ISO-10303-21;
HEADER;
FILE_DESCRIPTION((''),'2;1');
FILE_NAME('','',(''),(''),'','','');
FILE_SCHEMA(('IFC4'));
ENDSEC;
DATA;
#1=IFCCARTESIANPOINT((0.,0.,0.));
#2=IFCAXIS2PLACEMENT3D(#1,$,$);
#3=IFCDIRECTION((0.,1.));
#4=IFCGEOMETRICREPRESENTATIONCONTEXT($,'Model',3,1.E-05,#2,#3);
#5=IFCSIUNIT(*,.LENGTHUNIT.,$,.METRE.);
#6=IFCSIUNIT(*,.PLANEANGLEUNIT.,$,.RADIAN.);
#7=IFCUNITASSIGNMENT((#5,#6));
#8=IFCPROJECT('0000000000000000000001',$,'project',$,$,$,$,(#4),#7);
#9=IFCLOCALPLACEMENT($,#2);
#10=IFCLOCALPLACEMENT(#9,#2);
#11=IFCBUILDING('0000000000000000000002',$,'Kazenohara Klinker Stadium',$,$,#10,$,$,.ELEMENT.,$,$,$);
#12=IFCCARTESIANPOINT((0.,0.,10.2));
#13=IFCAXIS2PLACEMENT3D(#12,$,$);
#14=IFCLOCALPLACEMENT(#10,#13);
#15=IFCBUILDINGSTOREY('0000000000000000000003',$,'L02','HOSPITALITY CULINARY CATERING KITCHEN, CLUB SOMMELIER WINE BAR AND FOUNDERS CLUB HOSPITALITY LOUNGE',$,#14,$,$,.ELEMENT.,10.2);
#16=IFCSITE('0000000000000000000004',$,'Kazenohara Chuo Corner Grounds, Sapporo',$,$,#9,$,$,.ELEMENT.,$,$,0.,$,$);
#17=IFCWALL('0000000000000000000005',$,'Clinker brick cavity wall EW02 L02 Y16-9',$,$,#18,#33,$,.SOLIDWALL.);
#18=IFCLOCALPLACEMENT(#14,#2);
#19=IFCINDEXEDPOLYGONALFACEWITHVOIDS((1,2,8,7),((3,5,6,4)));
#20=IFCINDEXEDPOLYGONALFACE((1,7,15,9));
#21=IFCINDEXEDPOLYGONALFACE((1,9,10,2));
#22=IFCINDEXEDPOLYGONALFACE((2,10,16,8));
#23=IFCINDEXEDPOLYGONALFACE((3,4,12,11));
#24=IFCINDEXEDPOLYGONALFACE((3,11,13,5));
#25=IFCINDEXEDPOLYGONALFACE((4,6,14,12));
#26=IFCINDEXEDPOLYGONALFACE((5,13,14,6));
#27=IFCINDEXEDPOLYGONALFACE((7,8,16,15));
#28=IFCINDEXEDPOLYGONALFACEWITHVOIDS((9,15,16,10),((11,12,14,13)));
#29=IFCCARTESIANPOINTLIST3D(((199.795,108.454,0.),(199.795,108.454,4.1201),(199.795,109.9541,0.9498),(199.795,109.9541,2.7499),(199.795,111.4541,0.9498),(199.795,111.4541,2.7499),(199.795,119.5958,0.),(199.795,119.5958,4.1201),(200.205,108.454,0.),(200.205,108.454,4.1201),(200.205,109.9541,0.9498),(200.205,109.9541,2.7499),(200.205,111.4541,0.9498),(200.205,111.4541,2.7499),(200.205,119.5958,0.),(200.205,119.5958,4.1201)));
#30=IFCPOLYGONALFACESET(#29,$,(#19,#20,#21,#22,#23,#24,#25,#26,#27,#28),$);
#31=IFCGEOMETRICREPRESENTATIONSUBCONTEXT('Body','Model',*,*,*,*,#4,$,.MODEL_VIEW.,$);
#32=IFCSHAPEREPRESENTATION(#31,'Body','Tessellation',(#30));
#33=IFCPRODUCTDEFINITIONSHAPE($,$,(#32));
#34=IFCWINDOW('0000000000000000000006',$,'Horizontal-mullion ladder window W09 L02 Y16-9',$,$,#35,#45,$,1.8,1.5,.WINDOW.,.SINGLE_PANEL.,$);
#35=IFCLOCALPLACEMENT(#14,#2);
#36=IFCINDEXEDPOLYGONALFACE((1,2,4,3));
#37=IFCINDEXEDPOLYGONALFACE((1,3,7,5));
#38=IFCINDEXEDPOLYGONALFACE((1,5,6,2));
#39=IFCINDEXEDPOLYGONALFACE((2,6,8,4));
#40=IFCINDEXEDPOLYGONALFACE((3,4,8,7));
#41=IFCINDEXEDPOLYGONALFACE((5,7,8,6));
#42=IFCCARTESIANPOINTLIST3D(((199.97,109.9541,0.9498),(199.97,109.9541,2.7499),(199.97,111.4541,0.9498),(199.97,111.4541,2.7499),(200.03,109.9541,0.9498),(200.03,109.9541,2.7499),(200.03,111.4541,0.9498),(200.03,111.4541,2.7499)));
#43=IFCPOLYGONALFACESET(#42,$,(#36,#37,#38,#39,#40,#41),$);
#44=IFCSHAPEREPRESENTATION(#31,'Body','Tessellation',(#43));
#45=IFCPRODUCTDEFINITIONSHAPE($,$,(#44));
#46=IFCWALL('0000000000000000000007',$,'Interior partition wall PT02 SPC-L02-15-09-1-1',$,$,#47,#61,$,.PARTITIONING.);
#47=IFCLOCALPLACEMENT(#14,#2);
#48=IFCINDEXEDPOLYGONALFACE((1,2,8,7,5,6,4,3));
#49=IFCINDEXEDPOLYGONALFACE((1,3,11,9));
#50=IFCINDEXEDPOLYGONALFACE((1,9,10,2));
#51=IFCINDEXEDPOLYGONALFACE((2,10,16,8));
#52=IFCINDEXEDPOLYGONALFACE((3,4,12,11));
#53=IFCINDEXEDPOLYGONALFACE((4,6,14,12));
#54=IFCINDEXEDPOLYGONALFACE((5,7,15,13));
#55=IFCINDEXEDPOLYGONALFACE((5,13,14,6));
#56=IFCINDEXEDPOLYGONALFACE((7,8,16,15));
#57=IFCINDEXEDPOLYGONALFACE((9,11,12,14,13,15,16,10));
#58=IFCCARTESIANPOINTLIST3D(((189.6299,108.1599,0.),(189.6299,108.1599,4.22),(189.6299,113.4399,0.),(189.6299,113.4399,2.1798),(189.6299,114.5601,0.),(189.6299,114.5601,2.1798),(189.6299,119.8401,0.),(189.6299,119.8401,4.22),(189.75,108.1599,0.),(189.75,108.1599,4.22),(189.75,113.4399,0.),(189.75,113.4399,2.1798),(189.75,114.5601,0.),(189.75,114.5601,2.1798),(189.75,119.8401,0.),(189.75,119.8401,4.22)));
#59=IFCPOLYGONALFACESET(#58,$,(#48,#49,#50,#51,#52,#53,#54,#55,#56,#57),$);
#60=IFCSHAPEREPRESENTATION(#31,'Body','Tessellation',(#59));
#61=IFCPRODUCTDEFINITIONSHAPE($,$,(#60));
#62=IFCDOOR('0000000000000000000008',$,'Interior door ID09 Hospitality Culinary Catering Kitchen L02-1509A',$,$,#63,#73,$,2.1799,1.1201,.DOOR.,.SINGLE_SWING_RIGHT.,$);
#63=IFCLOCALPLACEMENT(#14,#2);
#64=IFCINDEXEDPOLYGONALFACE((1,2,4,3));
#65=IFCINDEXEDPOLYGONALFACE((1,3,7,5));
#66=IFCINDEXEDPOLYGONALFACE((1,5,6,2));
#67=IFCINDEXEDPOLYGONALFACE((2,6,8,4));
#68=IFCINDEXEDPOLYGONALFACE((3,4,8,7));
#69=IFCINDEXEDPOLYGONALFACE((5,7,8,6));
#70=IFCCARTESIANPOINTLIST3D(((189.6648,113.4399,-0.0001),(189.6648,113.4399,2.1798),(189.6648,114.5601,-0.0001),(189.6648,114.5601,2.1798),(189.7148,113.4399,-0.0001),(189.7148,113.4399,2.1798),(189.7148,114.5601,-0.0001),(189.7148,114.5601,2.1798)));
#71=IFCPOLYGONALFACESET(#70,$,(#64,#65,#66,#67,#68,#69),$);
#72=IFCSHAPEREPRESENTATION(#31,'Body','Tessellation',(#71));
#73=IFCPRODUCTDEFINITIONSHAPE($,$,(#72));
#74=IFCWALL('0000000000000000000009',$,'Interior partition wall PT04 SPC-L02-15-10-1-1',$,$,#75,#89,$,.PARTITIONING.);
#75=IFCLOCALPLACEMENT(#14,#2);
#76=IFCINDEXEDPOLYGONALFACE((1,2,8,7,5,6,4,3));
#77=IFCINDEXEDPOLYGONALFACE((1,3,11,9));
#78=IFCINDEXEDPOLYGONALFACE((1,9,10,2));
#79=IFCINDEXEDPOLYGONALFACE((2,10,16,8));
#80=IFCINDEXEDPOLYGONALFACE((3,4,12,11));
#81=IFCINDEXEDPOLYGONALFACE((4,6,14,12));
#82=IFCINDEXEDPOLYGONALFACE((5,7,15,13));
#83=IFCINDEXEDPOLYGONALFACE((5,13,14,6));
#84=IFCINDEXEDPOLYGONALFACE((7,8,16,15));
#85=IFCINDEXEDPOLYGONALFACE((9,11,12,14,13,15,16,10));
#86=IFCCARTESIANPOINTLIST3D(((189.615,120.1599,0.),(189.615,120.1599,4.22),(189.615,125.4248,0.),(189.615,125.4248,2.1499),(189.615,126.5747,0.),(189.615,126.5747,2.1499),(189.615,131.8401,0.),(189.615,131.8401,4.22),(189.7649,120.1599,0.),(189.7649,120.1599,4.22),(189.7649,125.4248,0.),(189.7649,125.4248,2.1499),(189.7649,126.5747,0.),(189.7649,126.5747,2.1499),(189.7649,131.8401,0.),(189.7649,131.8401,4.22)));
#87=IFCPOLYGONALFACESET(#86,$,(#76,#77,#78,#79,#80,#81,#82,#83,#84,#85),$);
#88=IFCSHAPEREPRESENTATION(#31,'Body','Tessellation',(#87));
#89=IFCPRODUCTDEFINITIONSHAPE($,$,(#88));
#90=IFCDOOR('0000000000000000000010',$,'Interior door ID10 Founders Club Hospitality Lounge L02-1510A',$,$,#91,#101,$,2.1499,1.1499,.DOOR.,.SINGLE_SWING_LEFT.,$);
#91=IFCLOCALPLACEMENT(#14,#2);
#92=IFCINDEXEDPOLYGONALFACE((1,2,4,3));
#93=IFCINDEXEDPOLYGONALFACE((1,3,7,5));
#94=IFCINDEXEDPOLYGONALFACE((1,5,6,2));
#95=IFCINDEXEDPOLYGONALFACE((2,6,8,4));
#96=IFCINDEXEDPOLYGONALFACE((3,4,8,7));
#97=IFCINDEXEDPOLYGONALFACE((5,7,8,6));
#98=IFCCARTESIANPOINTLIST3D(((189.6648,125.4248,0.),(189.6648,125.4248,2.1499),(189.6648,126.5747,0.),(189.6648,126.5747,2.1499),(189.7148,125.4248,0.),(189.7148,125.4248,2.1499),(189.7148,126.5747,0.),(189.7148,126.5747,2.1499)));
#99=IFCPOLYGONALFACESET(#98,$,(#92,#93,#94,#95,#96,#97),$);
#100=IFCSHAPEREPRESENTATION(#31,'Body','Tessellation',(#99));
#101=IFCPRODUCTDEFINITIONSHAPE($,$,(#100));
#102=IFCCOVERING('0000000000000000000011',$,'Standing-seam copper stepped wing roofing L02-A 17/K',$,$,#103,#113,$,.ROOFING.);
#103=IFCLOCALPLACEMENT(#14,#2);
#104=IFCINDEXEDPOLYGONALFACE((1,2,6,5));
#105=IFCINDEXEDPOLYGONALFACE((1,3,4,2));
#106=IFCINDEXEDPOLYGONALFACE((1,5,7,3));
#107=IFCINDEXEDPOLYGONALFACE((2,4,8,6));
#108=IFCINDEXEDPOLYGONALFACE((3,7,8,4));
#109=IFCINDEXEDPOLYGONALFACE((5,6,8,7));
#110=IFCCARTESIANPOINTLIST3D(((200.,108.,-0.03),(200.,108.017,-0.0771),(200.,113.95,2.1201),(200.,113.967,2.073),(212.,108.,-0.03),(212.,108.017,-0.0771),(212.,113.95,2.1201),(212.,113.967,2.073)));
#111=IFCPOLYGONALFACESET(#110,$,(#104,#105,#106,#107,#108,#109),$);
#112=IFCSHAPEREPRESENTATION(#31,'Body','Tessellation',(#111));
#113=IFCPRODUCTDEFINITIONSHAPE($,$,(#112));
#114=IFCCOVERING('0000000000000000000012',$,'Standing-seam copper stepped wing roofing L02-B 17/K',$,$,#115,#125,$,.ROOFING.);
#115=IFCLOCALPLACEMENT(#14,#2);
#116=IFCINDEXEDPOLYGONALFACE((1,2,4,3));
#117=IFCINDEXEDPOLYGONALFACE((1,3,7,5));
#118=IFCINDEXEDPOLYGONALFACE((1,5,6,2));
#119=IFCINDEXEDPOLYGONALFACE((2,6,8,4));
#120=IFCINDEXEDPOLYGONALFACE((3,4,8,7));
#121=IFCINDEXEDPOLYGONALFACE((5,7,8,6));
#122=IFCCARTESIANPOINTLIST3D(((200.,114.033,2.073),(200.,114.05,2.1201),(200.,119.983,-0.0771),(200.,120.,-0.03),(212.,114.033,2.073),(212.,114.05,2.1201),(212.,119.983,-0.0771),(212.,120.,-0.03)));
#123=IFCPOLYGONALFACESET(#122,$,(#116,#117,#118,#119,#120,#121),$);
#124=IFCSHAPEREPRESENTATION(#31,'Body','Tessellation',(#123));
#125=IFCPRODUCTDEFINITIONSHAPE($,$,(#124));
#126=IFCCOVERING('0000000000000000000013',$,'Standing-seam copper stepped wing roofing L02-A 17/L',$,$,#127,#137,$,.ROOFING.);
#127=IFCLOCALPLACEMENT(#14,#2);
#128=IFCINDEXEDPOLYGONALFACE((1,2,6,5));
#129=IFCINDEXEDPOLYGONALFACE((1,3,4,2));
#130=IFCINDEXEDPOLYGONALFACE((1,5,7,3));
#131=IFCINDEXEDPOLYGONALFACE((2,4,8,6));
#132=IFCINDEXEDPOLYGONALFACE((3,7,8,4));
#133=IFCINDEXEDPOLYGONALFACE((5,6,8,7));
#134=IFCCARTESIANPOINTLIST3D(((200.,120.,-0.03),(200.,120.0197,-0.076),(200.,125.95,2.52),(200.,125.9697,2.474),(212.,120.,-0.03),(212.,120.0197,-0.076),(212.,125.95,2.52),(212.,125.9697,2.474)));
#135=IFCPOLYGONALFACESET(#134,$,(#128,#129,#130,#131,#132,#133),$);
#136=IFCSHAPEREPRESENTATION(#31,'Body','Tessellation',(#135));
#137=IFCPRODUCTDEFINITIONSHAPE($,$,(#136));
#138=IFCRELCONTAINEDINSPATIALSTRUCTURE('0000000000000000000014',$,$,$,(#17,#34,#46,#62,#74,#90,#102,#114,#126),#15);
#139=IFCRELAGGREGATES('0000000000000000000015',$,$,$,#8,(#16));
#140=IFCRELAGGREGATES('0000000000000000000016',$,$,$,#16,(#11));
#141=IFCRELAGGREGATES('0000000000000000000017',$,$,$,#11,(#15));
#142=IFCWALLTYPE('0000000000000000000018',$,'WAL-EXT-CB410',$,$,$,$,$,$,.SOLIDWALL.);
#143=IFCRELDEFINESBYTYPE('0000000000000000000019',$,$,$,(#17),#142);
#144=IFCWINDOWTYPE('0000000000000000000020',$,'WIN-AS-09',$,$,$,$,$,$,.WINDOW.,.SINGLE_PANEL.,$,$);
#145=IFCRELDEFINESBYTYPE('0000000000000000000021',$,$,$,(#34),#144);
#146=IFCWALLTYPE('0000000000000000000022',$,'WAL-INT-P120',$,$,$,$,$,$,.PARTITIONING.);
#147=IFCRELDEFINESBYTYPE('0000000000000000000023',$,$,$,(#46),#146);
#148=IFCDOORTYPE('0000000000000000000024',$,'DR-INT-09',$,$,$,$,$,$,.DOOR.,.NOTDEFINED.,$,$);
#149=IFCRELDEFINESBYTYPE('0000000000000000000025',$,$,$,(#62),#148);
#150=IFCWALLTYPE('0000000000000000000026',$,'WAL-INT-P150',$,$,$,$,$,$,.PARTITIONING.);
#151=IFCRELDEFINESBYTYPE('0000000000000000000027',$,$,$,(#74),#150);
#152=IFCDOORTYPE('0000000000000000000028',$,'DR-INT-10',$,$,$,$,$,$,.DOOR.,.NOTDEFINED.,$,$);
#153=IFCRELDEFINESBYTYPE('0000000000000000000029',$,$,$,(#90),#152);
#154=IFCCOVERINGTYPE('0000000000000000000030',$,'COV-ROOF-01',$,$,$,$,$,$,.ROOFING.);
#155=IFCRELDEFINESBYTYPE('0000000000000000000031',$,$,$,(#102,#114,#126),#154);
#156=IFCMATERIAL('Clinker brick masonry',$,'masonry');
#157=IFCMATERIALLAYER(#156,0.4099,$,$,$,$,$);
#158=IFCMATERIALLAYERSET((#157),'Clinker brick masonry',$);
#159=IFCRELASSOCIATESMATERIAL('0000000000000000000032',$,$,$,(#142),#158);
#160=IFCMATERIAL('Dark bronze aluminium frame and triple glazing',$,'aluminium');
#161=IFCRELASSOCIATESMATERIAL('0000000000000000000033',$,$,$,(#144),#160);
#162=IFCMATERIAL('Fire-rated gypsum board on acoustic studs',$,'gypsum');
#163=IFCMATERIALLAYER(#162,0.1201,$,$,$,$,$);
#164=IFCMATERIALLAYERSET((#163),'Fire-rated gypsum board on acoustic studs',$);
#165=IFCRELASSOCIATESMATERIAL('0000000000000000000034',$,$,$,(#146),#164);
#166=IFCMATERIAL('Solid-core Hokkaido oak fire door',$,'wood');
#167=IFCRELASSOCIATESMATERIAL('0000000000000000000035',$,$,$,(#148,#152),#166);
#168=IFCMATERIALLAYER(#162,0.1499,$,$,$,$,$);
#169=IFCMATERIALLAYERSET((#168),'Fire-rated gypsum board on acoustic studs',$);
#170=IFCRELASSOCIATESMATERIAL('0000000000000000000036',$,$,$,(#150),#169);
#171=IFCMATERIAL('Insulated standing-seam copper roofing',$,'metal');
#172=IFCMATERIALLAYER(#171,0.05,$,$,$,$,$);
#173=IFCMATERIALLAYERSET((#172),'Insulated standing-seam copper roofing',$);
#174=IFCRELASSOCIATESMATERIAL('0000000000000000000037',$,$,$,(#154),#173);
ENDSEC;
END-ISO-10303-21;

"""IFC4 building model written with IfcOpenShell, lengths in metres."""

from ifc_helpers import new_model, si_unit, direction, frame, frame_2d, origin, place, context, subcontext, project, spatial, polyline, rectangle, outline, extrude, material, layer, layer_set, type_object, element, fill, save


model = new_model("IFC4")

# Units and contexts
model_context = context("Model", 3, precision=1e-05, world=origin(), true_north=direction((0.0, 1.0)))
body_context = subcontext(model_context, "Body", "Model", "MODEL_VIEW")
ifc_project = project(units=[si_unit("LENGTHUNIT", "METRE"), si_unit("PLANEANGLEUNIT", "RADIAN")], contexts=[model_context])

# Site, building, storey
site_placement = place(None, origin())
site = spatial("IfcSite", under=ifc_project, at=site_placement, Name="Kazenohara Chuo Corner Grounds, Sapporo", CompositionType="ELEMENT", RefElevation=0.0)
building_placement = place(site_placement, origin())
building = spatial("IfcBuilding", under=site, at=building_placement, Name="Kazenohara Klinker Stadium", CompositionType="ELEMENT")
storey_placement = place(building_placement, frame((0.0, 0.0, 10.2)))
storey = spatial("IfcBuildingStorey", under=building, at=storey_placement, Name="L02", Description="HOSPITALITY CULINARY CATERING KITCHEN, CLUB SOMMELIER WINE BAR AND FOUNDERS CLUB HOSPITALITY LOUNGE", CompositionType="ELEMENT", Elevation=10.2)

# Shared definitions
ifc_material_1 = material(Name="Clinker brick masonry", Category="masonry")

# Wall, opening, window
ifc_layer_1 = layer(ifc_material_1, 0.4099)
ifc_layer_set_1 = layer_set([ifc_layer_1], Name="Clinker brick masonry")
wall_type_1 = type_object("IfcWallType", Name="WAL-EXT-CB410", PredefinedType="SOLIDWALL", material=ifc_layer_set_1)
wall_1_placement = place(storey_placement, frame((200.0, 108.4541, 0.0), z_axis=(0.0, 0.0, 1.0), x_axis=(0.0, 1.0, 0.0)))
wall_1 = element("IfcWall", 1, at=wall_1_placement, inside=storey, type_object=wall_type_1, Name="Clinker brick cavity wall EW02 L02 Y16-9", PredefinedType="SOLIDWALL", context=body_context, shape_type="SweptSolid", body=[
    extrude(rectangle(XDim=11.1418, YDim=0.4099, at=frame_2d((5.5708, 0.0))), origin(), (0.0, 0.0, 1.0), 4.1201),
])
opening_1_placement = place(wall_1_placement, frame((1.5, 0.0, 0.95)))
opening_1 = element("IfcOpeningElement", 2, at=opening_1_placement, cuts=wall_1, PredefinedType="OPENING", context=body_context, shape_type="SweptSolid", body=[
    extrude(rectangle(XDim=1.5, YDim=1.8, at=frame_2d((0.75, 0.8999))), frame((0.0, 0.2148, 0.0), z_axis=(0.0, -1.0, 0.0), x_axis=(1.0, 0.0, 0.0)), (0.0, 0.0, 1.0), 0.4299),
])
ifc_material_2 = material(Name="Dark bronze aluminium frame and triple glazing", Category="aluminium")
window_type = type_object("IfcWindowType", Name="WIN-AS-09", PartitioningType="SINGLE_PANEL", PredefinedType="WINDOW", material=ifc_material_2)
window_placement = place(opening_1_placement, origin())
window = element("IfcWindow", 3, at=window_placement, inside=storey, type_object=window_type, Name="Horizontal-mullion ladder window W09 L02 Y16-9", OverallHeight=1.8, OverallWidth=1.5, PartitioningType="SINGLE_PANEL", PredefinedType="WINDOW", context=body_context, shape_type="SweptSolid", body=[
    extrude(rectangle(XDim=1.5, YDim=1.8, at=frame_2d((0.75, 0.8999))), frame((0.0, 0.03, 0.0), z_axis=(0.0, -1.0, 0.0), x_axis=(1.0, 0.0, 0.0)), (0.0, 0.0, 1.0), 0.0601),
])
fill(opening_1, window)

# Walls, openings, doors
ifc_material_3 = material(Name="Fire-rated gypsum board on acoustic studs", Category="gypsum")
ifc_layer_2 = layer(ifc_material_3, 0.1201)
ifc_layer_set_2 = layer_set([ifc_layer_2], Name="Fire-rated gypsum board on acoustic studs")
wall_type_2 = type_object("IfcWallType", Name="WAL-INT-P120", PredefinedType="PARTITIONING", material=ifc_layer_set_2)
wall_2_placement = place(storey_placement, frame((189.6899, 108.1599, 0.0), z_axis=(0.0, 0.0, 1.0), x_axis=(0.0, 1.0, 0.0)))
wall_2 = element("IfcWall", 4, at=wall_2_placement, inside=storey, type_object=wall_type_2, Name="Interior partition wall PT02 SPC-L02-15-09-1-1", PredefinedType="PARTITIONING", context=body_context, shape_type="SweptSolid", body=[
    extrude(rectangle(XDim=11.6802, YDim=0.1201, at=frame_2d((5.8401, 0.0))), origin(), (0.0, 0.0, 1.0), 4.22),
])
opening_2_placement = place(wall_2_placement, frame((6.4001, 0.0, 0.0), z_axis=(0.0, 0.0, 1.0), x_axis=(-1.0, 0.0, 0.0)))
opening_2 = element("IfcOpeningElement", 5, at=opening_2_placement, cuts=wall_2, PredefinedType="OPENING", context=body_context, shape_type="SweptSolid", body=[
    extrude(rectangle(XDim=1.1201, YDim=2.1799, at=frame_2d((0.5601, 1.0898))), frame((0.0, 0.0701, 0.0), z_axis=(0.0, -1.0, 0.0), x_axis=(1.0, 0.0, 0.0)), (0.0, 0.0, 1.0), 0.1401),
])
ifc_material_4 = material(Name="Solid-core Hokkaido oak fire door", Category="wood")
door_type_1 = type_object("IfcDoorType", Name="DR-INT-09", OperationType="NOTDEFINED", PredefinedType="DOOR", material=ifc_material_4)
door_1_placement = place(opening_2_placement, origin())
door_1 = element("IfcDoor", 6, at=door_1_placement, inside=storey, type_object=door_type_1, Name="Interior door ID09 Hospitality Culinary Catering Kitchen L02-1509A", OperationType="SINGLE_SWING_RIGHT", OverallHeight=2.1799, OverallWidth=1.1201, PredefinedType="DOOR", context=body_context, shape_type="SweptSolid", body=[
    extrude(rectangle(XDim=1.1201, YDim=2.1799, at=frame_2d((0.5601, 1.0898))), frame((0.0, 0.0249, 0.0), z_axis=(0.0, -1.0, 0.0), x_axis=(1.0, 0.0, 0.0)), (0.0, 0.0, 1.0), 0.05),
])
fill(opening_2, door_1)
ifc_layer_3 = layer(ifc_material_3, 0.1499)
ifc_layer_set_3 = layer_set([ifc_layer_3], Name="Fire-rated gypsum board on acoustic studs")
wall_type_3 = type_object("IfcWallType", Name="WAL-INT-P150", PredefinedType="PARTITIONING", material=ifc_layer_set_3)
wall_3_placement = place(storey_placement, frame((189.6899, 120.1599, 0.0), z_axis=(0.0, 0.0, 1.0), x_axis=(0.0, 1.0, 0.0)))
wall_3 = element("IfcWall", 7, at=wall_3_placement, inside=storey, type_object=wall_type_3, Name="Interior partition wall PT04 SPC-L02-15-10-1-1", PredefinedType="PARTITIONING", context=body_context, shape_type="SweptSolid", body=[
    extrude(rectangle(XDim=11.6802, YDim=0.1499, at=frame_2d((5.8401, 0.0))), origin(), (0.0, 0.0, 1.0), 4.22),
])
opening_3_placement = place(wall_3_placement, frame((6.4148, 0.0, 0.0), z_axis=(0.0, 0.0, 1.0), x_axis=(-1.0, 0.0, 0.0)))
opening_3 = element("IfcOpeningElement", 8, at=opening_3_placement, cuts=wall_3, PredefinedType="OPENING", context=body_context, shape_type="SweptSolid", body=[
    extrude(rectangle(XDim=1.1499, YDim=2.1499, at=frame_2d((0.575, 1.075))), frame((0.0, 0.085, 0.0), z_axis=(0.0, -1.0, 0.0), x_axis=(1.0, 0.0, 0.0)), (0.0, 0.0, 1.0), 0.1699),
])
door_type_2 = type_object("IfcDoorType", Name="DR-INT-10", OperationType="NOTDEFINED", PredefinedType="DOOR", material=ifc_material_4)
door_2_placement = place(opening_3_placement, origin())
door_2 = element("IfcDoor", 9, at=door_2_placement, inside=storey, type_object=door_type_2, Name="Interior door ID10 Founders Club Hospitality Lounge L02-1510A", OperationType="SINGLE_SWING_LEFT", OverallHeight=2.1499, OverallWidth=1.1499, PredefinedType="DOOR", context=body_context, shape_type="SweptSolid", body=[
    extrude(rectangle(XDim=1.1499, YDim=2.1499, at=frame_2d((0.575, 1.075))), frame((0.0, 0.0249, 0.0), z_axis=(0.0, -1.0, 0.0), x_axis=(1.0, 0.0, 0.0)), (0.0, 0.0, 1.0), 0.05),
])
fill(opening_3, door_2)

# Coverings
ifc_material_5 = material(Name="Insulated standing-seam copper roofing", Category="metal")
ifc_layer_4 = layer(ifc_material_5, 0.05)
ifc_layer_set_4 = layer_set([ifc_layer_4], Name="Insulated standing-seam copper roofing")
covering_type = type_object("IfcCoveringType", Name="COV-ROOF-01", PredefinedType="ROOFING", material=ifc_layer_set_4)
for number, where, z_axis, x_axis, name in (
    (10, (200.0, 108.0, -0.03), (0.0, -0.339862, 0.940475), (1.0, 0.0, 0.0), "Standing-seam copper stepped wing roofing L02-A 17/K"),
    (11, (200.0, 114.05, 2.1201), (0.0, 0.339862, 0.940475), (1.0, 0.0, 0.0), "Standing-seam copper stepped wing roofing L02-B 17/K"),
):
    element("IfcCovering", number, at=place(storey_placement, frame(where, z_axis=z_axis, x_axis=x_axis)), inside=storey, type_object=covering_type, Name=name, PredefinedType="ROOFING", context=body_context, shape_type="SweptSolid", body=[
        extrude(outline(polyline([(0.0, 0.0), (12.0, 0.0), (12.0, 6.3265), (0.0, 6.3265), (0.0, 0.0)])), origin(), (0.0, 0.0, -1.0), 0.05),
    ])
covering_placement = place(storey_placement, frame((200.0, 120.0, -0.03), z_axis=(0.0, -0.393928, 0.919141), x_axis=(1.0, 0.0, 0.0)))
element("IfcCovering", 12, at=covering_placement, inside=storey, type_object=covering_type, Name="Standing-seam copper stepped wing roofing L02-A 17/L", PredefinedType="ROOFING", context=body_context, shape_type="SweptSolid", body=[
    extrude(outline(polyline([(0.0, 0.0), (12.0, 0.0), (12.0, 6.4734), (0.0, 6.4734), (0.0, 0.0)])), origin(), (0.0, 0.0, -1.0), 0.05),
])

save(model, "model.ifc")
